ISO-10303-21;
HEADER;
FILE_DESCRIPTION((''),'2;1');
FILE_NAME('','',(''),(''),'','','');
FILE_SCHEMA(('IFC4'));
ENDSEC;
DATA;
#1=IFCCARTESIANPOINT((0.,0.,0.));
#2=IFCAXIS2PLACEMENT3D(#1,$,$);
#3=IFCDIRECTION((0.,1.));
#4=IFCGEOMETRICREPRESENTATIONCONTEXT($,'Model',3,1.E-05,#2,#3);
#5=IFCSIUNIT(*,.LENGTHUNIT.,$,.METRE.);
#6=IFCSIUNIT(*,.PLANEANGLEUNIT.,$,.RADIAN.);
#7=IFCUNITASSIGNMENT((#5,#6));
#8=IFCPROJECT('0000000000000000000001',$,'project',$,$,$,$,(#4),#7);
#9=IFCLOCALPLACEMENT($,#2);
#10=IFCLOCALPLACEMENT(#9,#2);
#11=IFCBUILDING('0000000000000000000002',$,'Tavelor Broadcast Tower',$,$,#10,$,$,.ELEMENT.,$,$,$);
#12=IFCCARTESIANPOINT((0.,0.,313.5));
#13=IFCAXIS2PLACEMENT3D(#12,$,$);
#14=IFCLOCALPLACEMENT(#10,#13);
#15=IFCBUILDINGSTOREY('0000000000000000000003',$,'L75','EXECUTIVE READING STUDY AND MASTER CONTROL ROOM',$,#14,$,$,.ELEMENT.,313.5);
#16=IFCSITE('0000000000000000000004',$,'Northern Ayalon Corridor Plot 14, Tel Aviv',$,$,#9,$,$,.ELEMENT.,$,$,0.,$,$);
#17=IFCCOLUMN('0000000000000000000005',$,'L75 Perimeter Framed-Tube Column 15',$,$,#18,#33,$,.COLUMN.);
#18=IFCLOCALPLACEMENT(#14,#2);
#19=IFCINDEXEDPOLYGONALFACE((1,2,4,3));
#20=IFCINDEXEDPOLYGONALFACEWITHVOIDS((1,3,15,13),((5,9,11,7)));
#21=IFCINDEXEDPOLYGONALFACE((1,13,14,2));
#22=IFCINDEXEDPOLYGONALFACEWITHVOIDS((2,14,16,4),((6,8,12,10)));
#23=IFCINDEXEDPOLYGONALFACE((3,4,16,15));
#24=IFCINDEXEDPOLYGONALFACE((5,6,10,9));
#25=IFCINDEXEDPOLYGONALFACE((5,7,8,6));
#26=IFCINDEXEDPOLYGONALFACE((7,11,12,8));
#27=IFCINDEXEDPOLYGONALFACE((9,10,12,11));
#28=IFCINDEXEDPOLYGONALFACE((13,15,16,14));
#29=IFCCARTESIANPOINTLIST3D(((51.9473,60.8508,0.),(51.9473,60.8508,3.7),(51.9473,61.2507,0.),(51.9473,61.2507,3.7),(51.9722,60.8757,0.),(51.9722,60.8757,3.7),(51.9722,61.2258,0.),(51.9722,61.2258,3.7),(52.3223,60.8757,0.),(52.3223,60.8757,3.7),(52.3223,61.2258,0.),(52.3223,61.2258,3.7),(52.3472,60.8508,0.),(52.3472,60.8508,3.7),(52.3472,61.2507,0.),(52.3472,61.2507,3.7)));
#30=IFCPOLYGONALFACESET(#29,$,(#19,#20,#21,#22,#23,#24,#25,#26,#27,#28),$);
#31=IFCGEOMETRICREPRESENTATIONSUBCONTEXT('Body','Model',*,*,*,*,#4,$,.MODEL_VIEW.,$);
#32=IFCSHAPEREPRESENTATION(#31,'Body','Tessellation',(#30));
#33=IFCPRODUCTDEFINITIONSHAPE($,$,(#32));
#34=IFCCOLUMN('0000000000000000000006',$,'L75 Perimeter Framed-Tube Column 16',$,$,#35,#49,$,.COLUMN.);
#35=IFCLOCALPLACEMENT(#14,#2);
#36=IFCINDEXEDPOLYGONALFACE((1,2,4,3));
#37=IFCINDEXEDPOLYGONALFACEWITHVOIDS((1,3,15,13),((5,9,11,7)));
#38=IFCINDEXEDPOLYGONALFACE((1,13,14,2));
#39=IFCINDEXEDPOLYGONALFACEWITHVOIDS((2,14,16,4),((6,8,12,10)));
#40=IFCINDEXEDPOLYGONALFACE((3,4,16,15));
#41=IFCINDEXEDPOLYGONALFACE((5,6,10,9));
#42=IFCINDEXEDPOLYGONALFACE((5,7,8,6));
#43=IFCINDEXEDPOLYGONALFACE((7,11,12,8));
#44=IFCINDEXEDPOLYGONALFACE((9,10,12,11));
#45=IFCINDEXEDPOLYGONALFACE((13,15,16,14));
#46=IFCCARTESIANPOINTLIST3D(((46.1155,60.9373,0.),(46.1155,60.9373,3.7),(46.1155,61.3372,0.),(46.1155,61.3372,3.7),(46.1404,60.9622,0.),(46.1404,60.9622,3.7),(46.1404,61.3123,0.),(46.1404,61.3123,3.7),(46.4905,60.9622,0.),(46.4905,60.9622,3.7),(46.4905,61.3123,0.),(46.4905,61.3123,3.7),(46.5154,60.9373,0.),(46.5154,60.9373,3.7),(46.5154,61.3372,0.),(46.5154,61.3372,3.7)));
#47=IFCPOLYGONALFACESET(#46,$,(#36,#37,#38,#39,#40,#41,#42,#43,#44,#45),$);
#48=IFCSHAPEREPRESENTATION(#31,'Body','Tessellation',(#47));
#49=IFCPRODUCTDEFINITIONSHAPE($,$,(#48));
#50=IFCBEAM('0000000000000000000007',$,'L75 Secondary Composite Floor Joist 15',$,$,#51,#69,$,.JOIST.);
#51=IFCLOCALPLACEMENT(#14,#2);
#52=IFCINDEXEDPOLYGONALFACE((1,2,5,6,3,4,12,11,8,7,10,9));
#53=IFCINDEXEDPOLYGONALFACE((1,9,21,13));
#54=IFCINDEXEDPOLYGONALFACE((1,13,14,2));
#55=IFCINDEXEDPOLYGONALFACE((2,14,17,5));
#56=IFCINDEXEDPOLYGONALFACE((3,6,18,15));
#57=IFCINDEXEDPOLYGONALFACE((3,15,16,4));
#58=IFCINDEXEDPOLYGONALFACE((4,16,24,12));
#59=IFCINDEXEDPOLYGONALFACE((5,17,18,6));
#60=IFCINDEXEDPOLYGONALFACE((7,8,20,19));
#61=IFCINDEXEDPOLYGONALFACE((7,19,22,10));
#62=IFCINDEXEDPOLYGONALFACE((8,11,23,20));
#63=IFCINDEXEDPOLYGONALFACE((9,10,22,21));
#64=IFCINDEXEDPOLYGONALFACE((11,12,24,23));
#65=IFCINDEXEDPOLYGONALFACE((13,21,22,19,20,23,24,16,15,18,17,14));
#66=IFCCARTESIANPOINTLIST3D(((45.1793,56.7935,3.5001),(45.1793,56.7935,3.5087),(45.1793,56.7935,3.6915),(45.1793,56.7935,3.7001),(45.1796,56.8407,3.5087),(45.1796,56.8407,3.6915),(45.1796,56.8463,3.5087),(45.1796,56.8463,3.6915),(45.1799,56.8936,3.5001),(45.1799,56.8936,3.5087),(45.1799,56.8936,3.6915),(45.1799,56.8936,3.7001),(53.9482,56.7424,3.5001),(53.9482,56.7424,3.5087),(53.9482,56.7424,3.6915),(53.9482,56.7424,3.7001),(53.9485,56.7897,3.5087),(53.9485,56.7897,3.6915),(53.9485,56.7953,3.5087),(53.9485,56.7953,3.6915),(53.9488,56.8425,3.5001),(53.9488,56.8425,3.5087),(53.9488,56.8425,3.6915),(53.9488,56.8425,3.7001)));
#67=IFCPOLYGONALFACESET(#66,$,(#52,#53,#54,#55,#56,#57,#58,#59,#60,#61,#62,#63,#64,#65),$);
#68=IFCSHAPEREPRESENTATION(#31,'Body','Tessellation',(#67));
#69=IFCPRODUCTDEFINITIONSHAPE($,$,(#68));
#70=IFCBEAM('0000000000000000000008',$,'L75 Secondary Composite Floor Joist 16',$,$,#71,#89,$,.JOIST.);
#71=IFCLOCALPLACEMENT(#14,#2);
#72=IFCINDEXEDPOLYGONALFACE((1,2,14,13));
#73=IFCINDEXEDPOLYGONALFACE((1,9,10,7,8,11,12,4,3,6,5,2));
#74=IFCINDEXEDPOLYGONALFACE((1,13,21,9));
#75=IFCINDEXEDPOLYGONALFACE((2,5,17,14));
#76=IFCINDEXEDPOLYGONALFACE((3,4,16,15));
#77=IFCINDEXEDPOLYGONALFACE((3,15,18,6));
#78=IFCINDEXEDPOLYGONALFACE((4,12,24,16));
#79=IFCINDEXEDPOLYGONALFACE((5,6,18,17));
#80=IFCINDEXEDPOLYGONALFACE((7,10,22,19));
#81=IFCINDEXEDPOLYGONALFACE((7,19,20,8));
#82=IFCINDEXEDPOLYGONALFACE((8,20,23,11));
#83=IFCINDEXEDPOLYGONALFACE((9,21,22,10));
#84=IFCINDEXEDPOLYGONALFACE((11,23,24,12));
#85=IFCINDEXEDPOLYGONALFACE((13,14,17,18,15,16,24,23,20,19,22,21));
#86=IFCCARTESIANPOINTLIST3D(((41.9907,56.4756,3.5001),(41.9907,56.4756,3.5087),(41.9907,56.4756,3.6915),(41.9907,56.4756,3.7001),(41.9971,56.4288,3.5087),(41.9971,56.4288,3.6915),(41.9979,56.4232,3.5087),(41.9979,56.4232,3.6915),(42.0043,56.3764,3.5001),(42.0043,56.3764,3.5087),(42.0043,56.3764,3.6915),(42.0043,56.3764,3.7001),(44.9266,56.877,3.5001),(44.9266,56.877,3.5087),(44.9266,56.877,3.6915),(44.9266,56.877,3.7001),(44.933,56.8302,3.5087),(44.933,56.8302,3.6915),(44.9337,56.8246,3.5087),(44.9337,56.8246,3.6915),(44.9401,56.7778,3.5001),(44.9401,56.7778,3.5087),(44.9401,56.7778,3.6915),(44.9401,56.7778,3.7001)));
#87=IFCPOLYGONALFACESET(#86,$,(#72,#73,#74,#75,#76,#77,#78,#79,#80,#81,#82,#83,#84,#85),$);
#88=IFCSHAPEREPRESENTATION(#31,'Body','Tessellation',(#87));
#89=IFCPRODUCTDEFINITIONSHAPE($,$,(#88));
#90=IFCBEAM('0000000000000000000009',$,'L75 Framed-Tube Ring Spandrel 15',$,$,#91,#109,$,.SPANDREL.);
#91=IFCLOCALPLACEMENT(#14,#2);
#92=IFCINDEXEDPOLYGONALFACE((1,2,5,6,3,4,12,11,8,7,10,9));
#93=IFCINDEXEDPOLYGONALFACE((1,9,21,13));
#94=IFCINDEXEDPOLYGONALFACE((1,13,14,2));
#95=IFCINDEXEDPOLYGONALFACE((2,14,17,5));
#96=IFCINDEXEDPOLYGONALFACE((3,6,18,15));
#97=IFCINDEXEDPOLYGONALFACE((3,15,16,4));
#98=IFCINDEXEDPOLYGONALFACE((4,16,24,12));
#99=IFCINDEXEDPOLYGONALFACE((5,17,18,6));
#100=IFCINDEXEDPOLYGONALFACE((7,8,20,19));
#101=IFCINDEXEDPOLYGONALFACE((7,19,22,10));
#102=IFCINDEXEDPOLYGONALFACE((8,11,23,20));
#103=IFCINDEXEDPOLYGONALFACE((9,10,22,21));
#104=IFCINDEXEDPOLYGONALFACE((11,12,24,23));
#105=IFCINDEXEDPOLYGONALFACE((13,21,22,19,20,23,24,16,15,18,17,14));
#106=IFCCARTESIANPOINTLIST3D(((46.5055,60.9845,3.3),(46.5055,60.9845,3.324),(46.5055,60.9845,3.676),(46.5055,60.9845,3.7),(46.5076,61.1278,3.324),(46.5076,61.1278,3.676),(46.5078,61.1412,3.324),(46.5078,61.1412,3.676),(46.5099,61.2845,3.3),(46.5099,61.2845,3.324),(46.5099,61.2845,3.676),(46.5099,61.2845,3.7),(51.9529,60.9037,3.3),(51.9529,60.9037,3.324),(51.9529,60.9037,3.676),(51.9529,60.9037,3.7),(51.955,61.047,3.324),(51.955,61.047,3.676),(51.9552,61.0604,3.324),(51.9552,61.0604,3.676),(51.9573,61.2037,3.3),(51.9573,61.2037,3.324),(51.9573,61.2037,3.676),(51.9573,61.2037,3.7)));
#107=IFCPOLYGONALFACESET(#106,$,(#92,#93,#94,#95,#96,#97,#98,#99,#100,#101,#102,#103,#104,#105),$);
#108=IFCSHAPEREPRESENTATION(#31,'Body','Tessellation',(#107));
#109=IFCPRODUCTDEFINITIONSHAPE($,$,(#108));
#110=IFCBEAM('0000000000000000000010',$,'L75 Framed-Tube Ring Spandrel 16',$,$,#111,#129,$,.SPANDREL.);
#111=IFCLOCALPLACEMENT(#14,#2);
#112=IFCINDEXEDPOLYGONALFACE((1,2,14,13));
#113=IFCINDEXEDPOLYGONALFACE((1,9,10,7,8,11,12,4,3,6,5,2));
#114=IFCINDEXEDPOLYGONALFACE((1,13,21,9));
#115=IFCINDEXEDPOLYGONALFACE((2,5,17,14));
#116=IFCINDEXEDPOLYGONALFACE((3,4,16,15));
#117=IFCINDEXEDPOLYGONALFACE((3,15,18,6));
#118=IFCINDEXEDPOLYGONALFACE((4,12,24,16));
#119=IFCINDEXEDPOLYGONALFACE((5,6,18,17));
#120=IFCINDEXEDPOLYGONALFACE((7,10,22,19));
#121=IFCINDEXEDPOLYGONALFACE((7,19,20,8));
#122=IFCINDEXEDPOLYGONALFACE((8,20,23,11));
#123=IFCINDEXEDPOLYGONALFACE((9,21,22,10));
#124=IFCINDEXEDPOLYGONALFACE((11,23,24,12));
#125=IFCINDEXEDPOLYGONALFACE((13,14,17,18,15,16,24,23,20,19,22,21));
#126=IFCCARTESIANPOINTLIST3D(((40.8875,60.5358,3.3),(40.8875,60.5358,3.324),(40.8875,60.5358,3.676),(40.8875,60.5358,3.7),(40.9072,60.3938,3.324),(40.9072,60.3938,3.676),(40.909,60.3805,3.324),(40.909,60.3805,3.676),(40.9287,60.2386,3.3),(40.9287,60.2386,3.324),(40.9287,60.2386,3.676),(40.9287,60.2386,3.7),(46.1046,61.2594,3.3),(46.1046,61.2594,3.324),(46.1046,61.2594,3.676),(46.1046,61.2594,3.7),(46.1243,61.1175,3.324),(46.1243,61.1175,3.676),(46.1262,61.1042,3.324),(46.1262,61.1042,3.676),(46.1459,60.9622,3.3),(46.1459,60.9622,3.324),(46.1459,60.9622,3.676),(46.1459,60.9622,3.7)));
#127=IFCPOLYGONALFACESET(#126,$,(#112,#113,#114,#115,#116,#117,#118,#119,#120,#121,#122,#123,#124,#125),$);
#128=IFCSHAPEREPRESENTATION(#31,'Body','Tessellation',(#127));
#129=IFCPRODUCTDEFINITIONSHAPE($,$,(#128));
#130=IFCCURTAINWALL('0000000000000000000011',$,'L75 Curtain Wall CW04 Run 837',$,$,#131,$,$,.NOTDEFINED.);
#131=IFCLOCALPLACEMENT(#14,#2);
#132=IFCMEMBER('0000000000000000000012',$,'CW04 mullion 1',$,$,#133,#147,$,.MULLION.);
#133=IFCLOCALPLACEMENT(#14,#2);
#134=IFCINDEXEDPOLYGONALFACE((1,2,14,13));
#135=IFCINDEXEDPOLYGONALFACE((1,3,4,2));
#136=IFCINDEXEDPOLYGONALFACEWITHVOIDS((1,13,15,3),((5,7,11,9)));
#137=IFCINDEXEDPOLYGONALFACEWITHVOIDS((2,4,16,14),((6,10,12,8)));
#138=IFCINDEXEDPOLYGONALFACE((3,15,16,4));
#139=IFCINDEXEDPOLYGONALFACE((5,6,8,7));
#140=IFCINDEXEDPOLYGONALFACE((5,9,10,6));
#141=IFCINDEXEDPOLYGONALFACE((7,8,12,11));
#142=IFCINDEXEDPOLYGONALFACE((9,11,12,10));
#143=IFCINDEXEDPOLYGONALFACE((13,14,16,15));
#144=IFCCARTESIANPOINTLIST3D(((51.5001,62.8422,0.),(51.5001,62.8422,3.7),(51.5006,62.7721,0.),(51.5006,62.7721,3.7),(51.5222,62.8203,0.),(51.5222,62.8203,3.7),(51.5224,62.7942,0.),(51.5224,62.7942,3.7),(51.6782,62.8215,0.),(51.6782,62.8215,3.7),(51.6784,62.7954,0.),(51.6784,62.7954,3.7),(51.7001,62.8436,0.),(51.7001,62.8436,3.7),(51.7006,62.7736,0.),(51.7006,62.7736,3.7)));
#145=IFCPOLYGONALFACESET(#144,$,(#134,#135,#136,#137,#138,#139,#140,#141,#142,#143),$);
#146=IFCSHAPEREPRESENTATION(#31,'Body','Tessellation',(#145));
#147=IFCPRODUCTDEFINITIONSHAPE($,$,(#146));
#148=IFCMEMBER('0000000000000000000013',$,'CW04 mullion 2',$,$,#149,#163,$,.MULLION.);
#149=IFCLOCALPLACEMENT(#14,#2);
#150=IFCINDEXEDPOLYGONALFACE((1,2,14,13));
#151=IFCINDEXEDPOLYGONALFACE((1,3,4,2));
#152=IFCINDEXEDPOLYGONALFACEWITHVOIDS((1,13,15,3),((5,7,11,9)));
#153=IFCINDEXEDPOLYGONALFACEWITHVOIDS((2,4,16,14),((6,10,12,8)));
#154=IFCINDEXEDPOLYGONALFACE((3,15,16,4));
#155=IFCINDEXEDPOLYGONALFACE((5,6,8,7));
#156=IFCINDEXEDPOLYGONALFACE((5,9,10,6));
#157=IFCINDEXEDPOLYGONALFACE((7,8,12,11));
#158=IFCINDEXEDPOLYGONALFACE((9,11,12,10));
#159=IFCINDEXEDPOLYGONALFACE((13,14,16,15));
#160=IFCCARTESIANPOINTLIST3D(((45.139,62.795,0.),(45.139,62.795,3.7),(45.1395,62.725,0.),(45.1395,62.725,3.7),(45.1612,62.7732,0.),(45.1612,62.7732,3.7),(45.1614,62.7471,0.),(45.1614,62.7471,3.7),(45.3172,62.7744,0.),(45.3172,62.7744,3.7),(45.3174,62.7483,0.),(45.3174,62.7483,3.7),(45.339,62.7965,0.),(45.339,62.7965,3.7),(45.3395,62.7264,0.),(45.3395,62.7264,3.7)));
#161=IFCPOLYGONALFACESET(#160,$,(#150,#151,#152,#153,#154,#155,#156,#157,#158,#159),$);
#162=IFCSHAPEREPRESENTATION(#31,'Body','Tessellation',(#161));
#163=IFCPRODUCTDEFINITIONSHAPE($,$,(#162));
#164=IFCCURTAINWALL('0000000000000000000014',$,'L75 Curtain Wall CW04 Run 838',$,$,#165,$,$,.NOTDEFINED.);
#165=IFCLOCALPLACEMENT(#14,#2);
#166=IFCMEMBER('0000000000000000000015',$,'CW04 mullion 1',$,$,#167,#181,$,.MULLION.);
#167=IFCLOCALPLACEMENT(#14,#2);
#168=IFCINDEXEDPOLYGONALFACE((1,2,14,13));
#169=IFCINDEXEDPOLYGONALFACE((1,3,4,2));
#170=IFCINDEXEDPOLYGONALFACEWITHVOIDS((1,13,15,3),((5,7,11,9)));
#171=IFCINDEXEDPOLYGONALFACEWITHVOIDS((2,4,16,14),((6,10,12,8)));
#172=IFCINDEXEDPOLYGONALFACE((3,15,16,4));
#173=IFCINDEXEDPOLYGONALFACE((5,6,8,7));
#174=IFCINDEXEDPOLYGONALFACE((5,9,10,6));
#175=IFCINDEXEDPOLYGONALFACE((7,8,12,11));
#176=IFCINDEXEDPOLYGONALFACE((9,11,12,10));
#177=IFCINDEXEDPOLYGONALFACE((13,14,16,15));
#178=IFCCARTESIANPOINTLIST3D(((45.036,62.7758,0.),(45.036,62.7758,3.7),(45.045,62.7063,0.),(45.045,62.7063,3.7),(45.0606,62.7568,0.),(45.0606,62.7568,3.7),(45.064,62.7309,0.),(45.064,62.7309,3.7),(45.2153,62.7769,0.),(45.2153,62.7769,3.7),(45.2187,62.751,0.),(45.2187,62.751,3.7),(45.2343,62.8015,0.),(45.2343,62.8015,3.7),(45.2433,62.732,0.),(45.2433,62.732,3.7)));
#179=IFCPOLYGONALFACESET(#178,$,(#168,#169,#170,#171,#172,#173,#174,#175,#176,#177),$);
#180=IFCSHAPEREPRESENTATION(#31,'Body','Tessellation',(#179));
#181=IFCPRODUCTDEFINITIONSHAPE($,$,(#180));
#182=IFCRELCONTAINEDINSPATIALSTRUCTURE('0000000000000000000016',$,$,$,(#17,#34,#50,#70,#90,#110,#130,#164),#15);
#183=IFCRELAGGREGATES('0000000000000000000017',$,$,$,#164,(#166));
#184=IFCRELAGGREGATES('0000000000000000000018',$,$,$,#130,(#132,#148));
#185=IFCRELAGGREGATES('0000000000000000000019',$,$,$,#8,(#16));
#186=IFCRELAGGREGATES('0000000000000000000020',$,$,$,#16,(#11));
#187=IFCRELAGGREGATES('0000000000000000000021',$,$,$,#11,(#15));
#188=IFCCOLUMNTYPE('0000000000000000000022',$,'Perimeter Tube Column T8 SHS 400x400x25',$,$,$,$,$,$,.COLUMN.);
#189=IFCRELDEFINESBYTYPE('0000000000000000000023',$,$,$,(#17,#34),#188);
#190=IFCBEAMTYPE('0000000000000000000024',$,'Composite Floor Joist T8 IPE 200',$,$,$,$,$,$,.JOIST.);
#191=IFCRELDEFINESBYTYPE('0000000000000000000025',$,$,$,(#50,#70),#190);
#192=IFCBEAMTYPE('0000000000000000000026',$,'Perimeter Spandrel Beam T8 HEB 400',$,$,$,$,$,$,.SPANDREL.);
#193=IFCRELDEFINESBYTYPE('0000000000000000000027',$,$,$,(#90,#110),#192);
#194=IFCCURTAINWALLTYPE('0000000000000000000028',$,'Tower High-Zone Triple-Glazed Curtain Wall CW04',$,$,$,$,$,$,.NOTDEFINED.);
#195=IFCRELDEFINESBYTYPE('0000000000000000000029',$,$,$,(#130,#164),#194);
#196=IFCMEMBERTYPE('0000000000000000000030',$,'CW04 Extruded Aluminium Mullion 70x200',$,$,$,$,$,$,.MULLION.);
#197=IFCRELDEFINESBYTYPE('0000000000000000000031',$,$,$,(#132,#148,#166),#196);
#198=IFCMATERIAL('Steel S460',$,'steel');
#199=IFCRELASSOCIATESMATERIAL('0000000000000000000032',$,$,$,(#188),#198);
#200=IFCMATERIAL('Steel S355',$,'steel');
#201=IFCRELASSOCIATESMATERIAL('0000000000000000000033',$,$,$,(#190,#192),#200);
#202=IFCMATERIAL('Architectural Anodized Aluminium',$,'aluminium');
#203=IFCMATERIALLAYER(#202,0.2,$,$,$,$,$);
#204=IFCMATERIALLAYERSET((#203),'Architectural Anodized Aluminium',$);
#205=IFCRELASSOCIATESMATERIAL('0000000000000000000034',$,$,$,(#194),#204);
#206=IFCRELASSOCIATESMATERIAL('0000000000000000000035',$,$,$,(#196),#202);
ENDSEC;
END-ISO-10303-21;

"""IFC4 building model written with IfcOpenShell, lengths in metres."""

from ifc_helpers import new_model, si_unit, direction, frame, origin, origin_2d, place, context, subcontext, project, spatial, hollow_rectangle, i_section, extrude, source, transform, mapped, material, layer, layer_set, material_profile, profile_set, type_object, type_shapes, element, aggregate, save


model = new_model("IFC4")

# Units and contexts
model_context = context("Model", 3, precision=1e-05, world=origin(), true_north=direction((0.0, 1.0)))
body_context = subcontext(model_context, "Body", "Model", "MODEL_VIEW")
ifc_project = project(units=[si_unit("LENGTHUNIT", "METRE"), si_unit("PLANEANGLEUNIT", "RADIAN")], contexts=[model_context])

# Site, building, storey
site_placement = place(None, origin())
site = spatial("IfcSite", under=ifc_project, at=site_placement, Name="Northern Ayalon Corridor Plot 14, Tel Aviv", CompositionType="ELEMENT", RefElevation=0.0)
building_placement = place(site_placement, origin())
building = spatial("IfcBuilding", under=site, at=building_placement, Name="Tavelor Broadcast Tower", CompositionType="ELEMENT")
storey_placement = place(building_placement, frame((0.0, 0.0, 313.5)))
storey = spatial("IfcBuildingStorey", under=building, at=storey_placement, Name="L75", Description="EXECUTIVE READING STUDY AND MASTER CONTROL ROOM", CompositionType="ELEMENT", Elevation=313.5)

# Columns
ifc_material_1 = material(Name="Steel S460", Category="steel")
ifc_material_profile_1 = material_profile(ifc_material_1, hollow_rectangle(XDim=0.3999, YDim=0.3999, WallThickness=0.0249, at=origin_2d()), Name="SHS 400x400x25")
ifc_profile_set_1 = profile_set([ifc_material_profile_1], Name="Steel S460")
column_type = type_object("IfcColumnType", Name="Perimeter Tube Column T8 SHS 400x400x25", PredefinedType="COLUMN", material=ifc_profile_set_1)
for number, where, z_axis, x_axis, name in (
    (1, (52.1472, 61.0508, 0.0), (0.0, 0.0, 1.0), (1.0, 0.0, 0.0), "L75 Perimeter Framed-Tube Column 15"),
    (2, (46.3154, 61.1372, 0.0), (0.0, 0.0, 1.0), (1.0, 0.0, 0.0), "L75 Perimeter Framed-Tube Column 16"),
):
    element("IfcColumn", number, at=place(storey_placement, frame(where, z_axis=z_axis, x_axis=x_axis)), inside=storey, type_object=column_type, Name=name, PredefinedType="COLUMN", context=body_context, shape_type="SweptSolid", body=[
        extrude(hollow_rectangle(XDim=0.3999, YDim=0.3999, WallThickness=0.0249, at=origin_2d()), origin(), (0.0, 0.0, 1.0), 3.7),
    ])

# Beams
ifc_material_2 = material(Name="Steel S355", Category="steel")
ifc_material_profile_2 = material_profile(ifc_material_2, i_section(OverallWidth=0.1001, OverallDepth=0.2, WebThickness=0.0056, FlangeThickness=0.0085, at=origin_2d()), Name="IPE 200")
ifc_profile_set_2 = profile_set([ifc_material_profile_2], Name="Steel S355")
beam_type_1 = type_object("IfcBeamType", Name="Composite Floor Joist T8 IPE 200", PredefinedType="JOIST", material=ifc_profile_set_2)
beam_1_placement = place(storey_placement, frame((53.9485, 56.7925, 3.6001), z_axis=(-0.999983, 0.005819, 0.0), x_axis=(-0.005819, -0.999983, 0.0)))
element("IfcBeam", 3, at=beam_1_placement, inside=storey, type_object=beam_type_1, Name="L75 Secondary Composite Floor Joist 15", PredefinedType="JOIST", context=body_context, shape_type="SweptSolid", body=[
    extrude(i_section(OverallWidth=0.1001, OverallDepth=0.2, WebThickness=0.0056, FlangeThickness=0.0085, at=origin_2d()), origin(), (0.0, 0.0, 1.0), 8.769),
])
beam_2_placement = place(storey_placement, frame((44.9333, 56.8274, 3.6001), z_axis=(-0.990783, -0.135455, 0.0), x_axis=(0.135455, -0.990783, 0.0)))
element("IfcBeam", 4, at=beam_2_placement, inside=storey, type_object=beam_type_1, Name="L75 Secondary Composite Floor Joist 16", PredefinedType="JOIST", context=body_context, shape_type="SweptSolid", body=[
    extrude(i_section(OverallWidth=0.1001, OverallDepth=0.2, WebThickness=0.0056, FlangeThickness=0.0085, at=origin_2d()), origin(), (0.0, 0.0, 1.0), 2.9631),
])
ifc_material_profile_3 = material_profile(ifc_material_2, i_section(OverallWidth=0.3, OverallDepth=0.3999, WebThickness=0.0134, FlangeThickness=0.0239, at=origin_2d()), Name="HEB 400")
ifc_profile_set_3 = profile_set([ifc_material_profile_3], Name="Steel S355")
beam_type_2 = type_object("IfcBeamType", Name="Perimeter Spandrel Beam T8 HEB 400", PredefinedType="SPANDREL", material=ifc_profile_set_3)
beam_3_placement = place(storey_placement, frame((51.9551, 61.0537, 3.5), z_axis=(-0.99989, 0.014833, 0.0), x_axis=(-0.014833, -0.99989, 0.0)))
element("IfcBeam", 5, at=beam_3_placement, inside=storey, type_object=beam_type_2, Name="L75 Framed-Tube Ring Spandrel 15", PredefinedType="SPANDREL", context=body_context, shape_type="SweptSolid", body=[
    extrude(i_section(OverallWidth=0.3, OverallDepth=0.3999, WebThickness=0.0134, FlangeThickness=0.0239, at=origin_2d()), origin(), (0.0, 0.0, 1.0), 5.448),
])
beam_4_placement = place(storey_placement, frame((46.1252, 61.1108, 3.5), z_axis=(-0.990517, -0.13739, 0.0), x_axis=(0.13739, -0.990517, 0.0)))
element("IfcBeam", 6, at=beam_4_placement, inside=storey, type_object=beam_type_2, Name="L75 Framed-Tube Ring Spandrel 16", PredefinedType="SPANDREL", context=body_context, shape_type="SweptSolid", body=[
    extrude(i_section(OverallWidth=0.3, OverallDepth=0.3999, WebThickness=0.0134, FlangeThickness=0.0239, at=origin_2d()), origin(), (0.0, 0.0, 1.0), 5.2671),
])

# Curtain walls, members
ifc_material_3 = material(Name="Architectural Anodized Aluminium", Category="aluminium")
ifc_layer_1 = layer(ifc_material_3, 0.2)
ifc_layer_set_1 = layer_set([ifc_layer_1], Name="Architectural Anodized Aluminium")
curtain_wall_type = type_object("IfcCurtainWallType", Name="Tower High-Zone Triple-Glazed Curtain Wall CW04", PredefinedType="NOTDEFINED", material=ifc_layer_set_1)
curtain_wall_1_placement = place(storey_placement, origin())
curtain_wall_1 = element("IfcCurtainWall", 7, at=curtain_wall_1_placement, inside=storey, type_object=curtain_wall_type, Name="L75 Curtain Wall CW04 Run 837", PredefinedType="NOTDEFINED")
ifc_material_profile_4 = material_profile(ifc_material_3, hollow_rectangle(XDim=0.0701, YDim=0.2, WallThickness=0.022, at=origin_2d()), Name="RHS 70x200x22")
ifc_profile_set_4 = profile_set([ifc_material_profile_4], Name="Architectural Anodized Aluminium")
member_type_1 = type_object("IfcMemberType", Name="CW04 Extruded Aluminium Mullion 70x200", PredefinedType="MULLION", material=ifc_profile_set_4)
shared_shape_1 = source(origin(), body_context, "Body", "SweptSolid", [
    extrude(hollow_rectangle(XDim=0.0701, YDim=0.2, WallThickness=0.022, at=origin_2d()), origin(), (0.0, 0.0, 1.0), 3.7),
])
type_shapes(member_type_1, [shared_shape_1])
member_1_placement = place(storey_placement, frame((51.6003, 62.8079, 0.0), z_axis=(0.0, 0.0, 1.0), x_axis=(0.007401, -0.999973, 0.0)))
member_1 = element("IfcMember", 8, at=member_1_placement, type_object=member_type_1, Name="CW04 mullion 1", PredefinedType="MULLION", context=body_context, shape_type="MappedRepresentation", body=[
    mapped(shared_shape_1, transform((0.0, 0.0, 0.0), scale=1.0)),
])
member_2_placement = place(storey_placement, frame((45.2393, 62.7607, 0.0), z_axis=(0.0, 0.0, 1.0), x_axis=(0.007401, -0.999973, 0.0)))
member_2 = element("IfcMember", 9, at=member_2_placement, type_object=member_type_1, Name="CW04 mullion 2", PredefinedType="MULLION", context=body_context, shape_type="MappedRepresentation", body=[
    mapped(shared_shape_1, transform((0.0, 0.0, 0.0), scale=1.0)),
])
curtain_wall_2_placement = place(storey_placement, origin())
curtain_wall_2 = element("IfcCurtainWall", 10, at=curtain_wall_2_placement, inside=storey, type_object=curtain_wall_type, Name="L75 Curtain Wall CW04 Run 838", PredefinedType="NOTDEFINED")
member_3_placement = place(storey_placement, frame((45.1396, 62.7539, 0.0), z_axis=(0.0, 0.0, 1.0), x_axis=(0.128359, -0.991728, 0.0)))
member_3 = element("IfcMember", 11, at=member_3_placement, type_object=member_type_1, Name="CW04 mullion 1", PredefinedType="MULLION", context=body_context, shape_type="MappedRepresentation", body=[
    mapped(shared_shape_1, transform((0.0, 0.0, 0.0), scale=1.0)),
])
aggregate(curtain_wall_2, [member_3])

aggregate(curtain_wall_1, [member_1, member_2])

save(model, "model.ifc")
